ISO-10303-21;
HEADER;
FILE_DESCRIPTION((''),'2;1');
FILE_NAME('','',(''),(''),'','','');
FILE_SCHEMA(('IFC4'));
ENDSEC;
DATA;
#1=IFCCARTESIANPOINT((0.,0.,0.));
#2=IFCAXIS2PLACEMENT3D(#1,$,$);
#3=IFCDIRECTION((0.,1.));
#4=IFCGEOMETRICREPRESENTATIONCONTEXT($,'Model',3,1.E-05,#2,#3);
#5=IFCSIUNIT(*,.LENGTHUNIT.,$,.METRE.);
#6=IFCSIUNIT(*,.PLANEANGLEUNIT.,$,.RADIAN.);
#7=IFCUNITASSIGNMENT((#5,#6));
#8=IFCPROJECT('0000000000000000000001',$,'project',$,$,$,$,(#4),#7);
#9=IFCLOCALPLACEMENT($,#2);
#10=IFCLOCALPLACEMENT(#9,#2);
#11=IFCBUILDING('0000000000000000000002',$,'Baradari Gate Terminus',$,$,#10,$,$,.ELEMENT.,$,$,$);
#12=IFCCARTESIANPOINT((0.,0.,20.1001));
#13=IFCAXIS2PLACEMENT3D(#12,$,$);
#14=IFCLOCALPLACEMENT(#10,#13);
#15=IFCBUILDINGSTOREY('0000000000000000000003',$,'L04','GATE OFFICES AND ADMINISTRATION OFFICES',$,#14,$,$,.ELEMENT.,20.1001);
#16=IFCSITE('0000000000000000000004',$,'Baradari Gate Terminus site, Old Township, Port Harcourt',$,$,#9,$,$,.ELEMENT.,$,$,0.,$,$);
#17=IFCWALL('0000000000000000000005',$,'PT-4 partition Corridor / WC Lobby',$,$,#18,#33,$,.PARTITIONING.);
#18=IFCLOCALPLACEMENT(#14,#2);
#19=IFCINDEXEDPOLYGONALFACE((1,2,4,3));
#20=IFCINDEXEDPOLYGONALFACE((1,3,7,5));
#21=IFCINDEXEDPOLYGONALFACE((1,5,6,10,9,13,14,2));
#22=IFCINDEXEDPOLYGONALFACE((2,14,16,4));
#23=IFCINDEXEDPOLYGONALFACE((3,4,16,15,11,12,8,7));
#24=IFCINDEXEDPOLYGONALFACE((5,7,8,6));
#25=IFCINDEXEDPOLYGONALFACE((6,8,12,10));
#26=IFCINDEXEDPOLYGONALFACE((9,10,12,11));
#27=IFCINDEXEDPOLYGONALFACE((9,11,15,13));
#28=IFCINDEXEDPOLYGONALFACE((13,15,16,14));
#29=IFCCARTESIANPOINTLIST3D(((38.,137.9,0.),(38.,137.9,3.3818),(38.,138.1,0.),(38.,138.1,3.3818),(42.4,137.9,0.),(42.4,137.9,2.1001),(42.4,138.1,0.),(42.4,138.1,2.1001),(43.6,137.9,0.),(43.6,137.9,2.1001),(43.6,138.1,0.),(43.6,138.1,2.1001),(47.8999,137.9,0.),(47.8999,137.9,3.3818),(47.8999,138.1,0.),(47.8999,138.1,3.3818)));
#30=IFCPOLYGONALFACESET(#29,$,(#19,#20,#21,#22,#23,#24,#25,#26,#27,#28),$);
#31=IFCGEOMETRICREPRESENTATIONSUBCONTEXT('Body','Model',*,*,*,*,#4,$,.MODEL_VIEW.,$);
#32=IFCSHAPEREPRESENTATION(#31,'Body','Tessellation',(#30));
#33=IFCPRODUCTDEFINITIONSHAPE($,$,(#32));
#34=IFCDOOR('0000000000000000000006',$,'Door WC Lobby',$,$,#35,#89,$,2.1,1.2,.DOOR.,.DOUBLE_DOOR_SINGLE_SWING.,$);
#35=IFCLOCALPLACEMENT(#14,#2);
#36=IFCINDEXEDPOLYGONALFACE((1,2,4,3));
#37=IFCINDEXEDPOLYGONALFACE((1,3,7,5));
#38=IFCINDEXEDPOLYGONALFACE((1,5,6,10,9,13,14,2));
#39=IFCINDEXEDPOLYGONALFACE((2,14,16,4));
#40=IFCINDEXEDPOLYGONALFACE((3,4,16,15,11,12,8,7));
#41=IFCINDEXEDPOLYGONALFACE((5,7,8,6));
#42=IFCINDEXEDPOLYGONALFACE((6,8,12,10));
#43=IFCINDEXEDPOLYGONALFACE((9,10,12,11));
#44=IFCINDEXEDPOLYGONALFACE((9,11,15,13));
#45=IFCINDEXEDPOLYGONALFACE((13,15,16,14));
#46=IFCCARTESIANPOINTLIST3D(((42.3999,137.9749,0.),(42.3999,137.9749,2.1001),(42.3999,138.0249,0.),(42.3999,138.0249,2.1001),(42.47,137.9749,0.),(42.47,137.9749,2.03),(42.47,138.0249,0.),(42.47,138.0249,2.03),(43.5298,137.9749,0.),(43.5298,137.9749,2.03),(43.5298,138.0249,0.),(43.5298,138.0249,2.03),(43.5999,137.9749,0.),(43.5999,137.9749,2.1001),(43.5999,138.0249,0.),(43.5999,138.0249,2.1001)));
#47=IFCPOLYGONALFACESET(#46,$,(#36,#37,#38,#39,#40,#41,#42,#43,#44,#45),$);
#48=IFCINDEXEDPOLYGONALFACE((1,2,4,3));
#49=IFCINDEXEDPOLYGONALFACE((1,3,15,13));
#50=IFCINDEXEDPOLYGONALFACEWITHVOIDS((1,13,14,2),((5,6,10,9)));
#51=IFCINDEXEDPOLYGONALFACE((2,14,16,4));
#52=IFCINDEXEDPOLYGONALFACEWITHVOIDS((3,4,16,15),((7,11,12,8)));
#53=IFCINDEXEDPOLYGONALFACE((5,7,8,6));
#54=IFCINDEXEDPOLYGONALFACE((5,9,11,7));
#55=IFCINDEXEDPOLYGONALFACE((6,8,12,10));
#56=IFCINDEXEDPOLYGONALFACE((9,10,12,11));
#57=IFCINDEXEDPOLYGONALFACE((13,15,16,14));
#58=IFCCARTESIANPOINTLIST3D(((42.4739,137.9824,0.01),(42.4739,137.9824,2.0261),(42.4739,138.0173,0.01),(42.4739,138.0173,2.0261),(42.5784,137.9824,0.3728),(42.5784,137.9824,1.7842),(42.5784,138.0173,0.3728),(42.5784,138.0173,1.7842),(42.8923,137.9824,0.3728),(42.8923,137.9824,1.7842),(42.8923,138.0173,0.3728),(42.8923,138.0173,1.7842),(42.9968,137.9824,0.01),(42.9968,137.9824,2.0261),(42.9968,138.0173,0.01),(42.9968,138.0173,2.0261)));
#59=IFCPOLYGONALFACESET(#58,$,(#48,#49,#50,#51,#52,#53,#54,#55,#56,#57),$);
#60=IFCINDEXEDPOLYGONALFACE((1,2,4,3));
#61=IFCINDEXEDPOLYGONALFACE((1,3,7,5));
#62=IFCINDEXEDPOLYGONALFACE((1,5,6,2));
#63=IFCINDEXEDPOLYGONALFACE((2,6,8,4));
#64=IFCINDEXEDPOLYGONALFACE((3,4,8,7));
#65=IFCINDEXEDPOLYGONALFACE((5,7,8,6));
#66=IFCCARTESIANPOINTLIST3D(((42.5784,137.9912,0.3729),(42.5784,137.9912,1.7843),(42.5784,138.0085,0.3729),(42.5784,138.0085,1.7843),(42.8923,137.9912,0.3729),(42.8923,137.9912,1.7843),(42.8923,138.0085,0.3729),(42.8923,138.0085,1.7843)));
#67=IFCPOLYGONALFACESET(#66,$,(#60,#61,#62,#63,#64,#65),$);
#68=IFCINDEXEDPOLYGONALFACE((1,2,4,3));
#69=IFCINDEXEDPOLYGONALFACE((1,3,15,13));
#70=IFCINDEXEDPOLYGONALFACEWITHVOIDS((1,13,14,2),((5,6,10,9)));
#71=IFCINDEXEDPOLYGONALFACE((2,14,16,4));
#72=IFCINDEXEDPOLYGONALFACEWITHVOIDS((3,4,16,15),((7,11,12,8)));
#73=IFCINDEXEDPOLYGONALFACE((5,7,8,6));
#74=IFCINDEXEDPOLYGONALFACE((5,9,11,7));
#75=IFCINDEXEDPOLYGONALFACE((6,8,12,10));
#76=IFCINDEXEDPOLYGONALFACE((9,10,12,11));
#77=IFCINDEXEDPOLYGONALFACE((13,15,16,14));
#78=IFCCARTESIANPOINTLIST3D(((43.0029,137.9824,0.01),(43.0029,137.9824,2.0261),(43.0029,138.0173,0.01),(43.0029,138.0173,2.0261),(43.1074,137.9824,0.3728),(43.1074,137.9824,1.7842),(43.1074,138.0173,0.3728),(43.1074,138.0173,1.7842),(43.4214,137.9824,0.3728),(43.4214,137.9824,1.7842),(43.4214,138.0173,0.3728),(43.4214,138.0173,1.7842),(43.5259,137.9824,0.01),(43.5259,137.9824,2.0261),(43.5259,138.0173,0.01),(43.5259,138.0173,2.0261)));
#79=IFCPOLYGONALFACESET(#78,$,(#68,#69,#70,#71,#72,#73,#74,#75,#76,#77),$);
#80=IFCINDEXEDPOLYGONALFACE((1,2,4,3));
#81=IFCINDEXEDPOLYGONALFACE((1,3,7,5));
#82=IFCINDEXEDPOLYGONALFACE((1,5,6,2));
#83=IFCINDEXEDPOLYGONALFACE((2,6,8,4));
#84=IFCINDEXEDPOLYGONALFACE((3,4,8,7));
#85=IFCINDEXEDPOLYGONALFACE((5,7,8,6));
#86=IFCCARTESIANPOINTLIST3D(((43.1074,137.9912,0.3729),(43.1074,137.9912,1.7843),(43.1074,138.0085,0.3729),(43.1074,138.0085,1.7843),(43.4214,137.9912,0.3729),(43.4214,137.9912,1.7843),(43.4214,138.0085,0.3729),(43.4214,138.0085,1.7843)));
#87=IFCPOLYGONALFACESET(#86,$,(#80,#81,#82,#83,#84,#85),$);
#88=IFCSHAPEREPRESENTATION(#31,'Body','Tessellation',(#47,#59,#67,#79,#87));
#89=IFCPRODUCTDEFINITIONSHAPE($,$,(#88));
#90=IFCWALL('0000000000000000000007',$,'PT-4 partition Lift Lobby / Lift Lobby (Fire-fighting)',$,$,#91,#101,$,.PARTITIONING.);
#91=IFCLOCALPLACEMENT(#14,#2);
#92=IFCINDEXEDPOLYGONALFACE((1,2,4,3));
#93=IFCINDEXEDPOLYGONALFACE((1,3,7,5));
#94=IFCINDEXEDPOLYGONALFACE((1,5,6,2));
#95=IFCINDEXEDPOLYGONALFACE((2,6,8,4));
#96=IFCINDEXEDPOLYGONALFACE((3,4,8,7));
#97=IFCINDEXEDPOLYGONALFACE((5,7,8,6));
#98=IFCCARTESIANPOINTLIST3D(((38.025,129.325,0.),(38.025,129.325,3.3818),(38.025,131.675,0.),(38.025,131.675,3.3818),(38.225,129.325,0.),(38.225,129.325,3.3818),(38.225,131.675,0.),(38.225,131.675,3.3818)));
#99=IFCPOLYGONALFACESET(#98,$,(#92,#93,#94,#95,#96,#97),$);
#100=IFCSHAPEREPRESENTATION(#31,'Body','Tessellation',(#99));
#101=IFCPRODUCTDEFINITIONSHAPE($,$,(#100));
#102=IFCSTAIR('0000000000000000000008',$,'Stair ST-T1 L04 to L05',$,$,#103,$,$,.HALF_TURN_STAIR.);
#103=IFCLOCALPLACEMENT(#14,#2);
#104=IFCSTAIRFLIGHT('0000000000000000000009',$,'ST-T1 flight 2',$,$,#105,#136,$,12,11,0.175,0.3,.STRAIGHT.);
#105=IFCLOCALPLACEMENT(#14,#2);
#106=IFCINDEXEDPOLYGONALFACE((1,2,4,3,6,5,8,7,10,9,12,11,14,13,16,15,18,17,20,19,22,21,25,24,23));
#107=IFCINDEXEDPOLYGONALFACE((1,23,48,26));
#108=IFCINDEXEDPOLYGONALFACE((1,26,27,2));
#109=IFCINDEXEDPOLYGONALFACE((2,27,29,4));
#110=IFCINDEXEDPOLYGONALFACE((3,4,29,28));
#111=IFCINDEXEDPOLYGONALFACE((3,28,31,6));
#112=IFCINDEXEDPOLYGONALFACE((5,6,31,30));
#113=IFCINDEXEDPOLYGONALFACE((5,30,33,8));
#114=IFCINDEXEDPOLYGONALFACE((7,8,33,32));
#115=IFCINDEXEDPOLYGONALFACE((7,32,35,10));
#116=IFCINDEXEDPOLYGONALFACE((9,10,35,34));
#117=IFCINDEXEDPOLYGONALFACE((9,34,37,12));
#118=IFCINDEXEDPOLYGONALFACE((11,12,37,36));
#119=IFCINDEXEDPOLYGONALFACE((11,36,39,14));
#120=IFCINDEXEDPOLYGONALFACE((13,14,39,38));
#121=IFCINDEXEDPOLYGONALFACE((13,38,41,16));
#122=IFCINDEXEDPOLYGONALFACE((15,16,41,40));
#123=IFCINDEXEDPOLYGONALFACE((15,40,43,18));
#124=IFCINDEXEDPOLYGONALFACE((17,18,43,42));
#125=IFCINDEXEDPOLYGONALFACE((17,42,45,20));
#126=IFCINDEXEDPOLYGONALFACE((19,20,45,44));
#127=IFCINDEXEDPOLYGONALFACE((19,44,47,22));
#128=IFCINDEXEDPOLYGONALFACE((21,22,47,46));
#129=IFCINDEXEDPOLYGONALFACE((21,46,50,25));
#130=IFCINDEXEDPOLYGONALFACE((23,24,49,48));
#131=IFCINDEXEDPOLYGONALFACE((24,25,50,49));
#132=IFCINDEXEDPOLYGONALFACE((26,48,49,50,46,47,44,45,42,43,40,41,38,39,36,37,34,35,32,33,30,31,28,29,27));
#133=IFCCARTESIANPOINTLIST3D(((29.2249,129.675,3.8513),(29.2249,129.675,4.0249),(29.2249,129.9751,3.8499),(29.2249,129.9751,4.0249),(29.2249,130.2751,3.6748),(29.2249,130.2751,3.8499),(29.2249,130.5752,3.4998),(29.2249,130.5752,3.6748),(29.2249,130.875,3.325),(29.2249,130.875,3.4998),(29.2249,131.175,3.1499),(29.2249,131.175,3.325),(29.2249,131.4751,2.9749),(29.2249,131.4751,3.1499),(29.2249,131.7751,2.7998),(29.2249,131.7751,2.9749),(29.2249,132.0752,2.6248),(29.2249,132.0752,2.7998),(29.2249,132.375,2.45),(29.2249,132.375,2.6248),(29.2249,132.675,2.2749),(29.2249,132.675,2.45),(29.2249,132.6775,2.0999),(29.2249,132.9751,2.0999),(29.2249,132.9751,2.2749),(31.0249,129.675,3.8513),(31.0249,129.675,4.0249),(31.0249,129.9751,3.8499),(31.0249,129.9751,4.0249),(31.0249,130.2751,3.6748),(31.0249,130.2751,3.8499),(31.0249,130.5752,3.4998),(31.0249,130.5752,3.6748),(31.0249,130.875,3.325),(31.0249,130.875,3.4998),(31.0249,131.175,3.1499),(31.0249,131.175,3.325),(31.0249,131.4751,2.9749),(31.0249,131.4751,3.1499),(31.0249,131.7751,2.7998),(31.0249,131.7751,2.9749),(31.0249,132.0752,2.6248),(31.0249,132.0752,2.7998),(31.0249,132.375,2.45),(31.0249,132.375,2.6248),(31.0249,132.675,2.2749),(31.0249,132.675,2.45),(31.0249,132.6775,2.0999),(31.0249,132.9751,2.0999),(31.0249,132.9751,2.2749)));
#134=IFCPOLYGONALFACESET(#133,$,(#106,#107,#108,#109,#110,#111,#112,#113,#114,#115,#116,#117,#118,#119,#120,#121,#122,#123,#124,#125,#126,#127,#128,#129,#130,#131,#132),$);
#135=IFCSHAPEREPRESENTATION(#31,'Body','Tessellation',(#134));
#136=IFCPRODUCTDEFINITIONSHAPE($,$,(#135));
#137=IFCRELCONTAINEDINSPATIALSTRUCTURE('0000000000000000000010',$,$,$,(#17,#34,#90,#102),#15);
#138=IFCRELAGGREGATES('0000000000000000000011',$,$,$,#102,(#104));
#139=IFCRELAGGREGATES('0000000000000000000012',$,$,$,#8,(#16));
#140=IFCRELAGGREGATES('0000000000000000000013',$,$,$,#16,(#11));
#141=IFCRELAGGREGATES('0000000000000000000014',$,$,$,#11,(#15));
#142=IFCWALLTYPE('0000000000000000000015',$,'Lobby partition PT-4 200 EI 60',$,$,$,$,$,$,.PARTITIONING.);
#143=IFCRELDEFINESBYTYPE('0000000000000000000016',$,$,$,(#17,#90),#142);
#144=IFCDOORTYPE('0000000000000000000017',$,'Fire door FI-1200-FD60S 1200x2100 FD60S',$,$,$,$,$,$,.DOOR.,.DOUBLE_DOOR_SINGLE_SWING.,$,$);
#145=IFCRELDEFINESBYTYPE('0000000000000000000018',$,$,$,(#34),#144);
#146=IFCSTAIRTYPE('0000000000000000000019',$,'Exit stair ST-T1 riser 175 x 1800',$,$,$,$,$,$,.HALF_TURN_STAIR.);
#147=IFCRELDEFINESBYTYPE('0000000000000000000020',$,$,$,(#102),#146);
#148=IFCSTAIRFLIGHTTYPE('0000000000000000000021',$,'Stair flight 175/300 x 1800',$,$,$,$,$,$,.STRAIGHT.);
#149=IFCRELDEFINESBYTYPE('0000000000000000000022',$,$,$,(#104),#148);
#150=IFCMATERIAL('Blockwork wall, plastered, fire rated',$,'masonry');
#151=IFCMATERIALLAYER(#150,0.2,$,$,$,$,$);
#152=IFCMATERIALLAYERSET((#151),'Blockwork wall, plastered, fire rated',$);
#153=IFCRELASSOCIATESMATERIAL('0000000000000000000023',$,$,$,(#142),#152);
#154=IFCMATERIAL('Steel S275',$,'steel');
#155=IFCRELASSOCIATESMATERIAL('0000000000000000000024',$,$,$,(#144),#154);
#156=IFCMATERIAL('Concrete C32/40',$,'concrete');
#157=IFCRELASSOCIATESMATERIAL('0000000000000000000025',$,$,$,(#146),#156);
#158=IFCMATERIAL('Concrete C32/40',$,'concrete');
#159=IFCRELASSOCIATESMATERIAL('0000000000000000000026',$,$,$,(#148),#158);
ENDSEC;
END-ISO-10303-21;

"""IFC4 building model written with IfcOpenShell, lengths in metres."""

from ifc_helpers import new_model, si_unit, direction, frame, frame_2d, origin, place, context, subcontext, project, spatial, polyline, rectangle, outline, extrude, material, layer, layer_set, type_object, element, fill, aggregate, save


model = new_model("IFC4")

# Units and contexts
model_context = context("Model", 3, precision=1e-05, world=origin(), true_north=direction((0.0, 1.0)))
body_context = subcontext(model_context, "Body", "Model", "MODEL_VIEW")
ifc_project = project(units=[si_unit("LENGTHUNIT", "METRE"), si_unit("PLANEANGLEUNIT", "RADIAN")], contexts=[model_context])

# Site, building, storey
site_placement = place(None, origin())
site = spatial("IfcSite", under=ifc_project, at=site_placement, Name="Baradari Gate Terminus site, Old Township, Port Harcourt", CompositionType="ELEMENT", RefElevation=0.0)
building_placement = place(site_placement, origin())
building = spatial("IfcBuilding", under=site, at=building_placement, Name="Baradari Gate Terminus", CompositionType="ELEMENT")
storey_placement = place(building_placement, frame((0.0, 0.0, 20.1001)))
storey = spatial("IfcBuildingStorey", under=building, at=storey_placement, Name="L04", Description="GATE OFFICES AND ADMINISTRATION OFFICES", CompositionType="ELEMENT", Elevation=20.1001)

# Wall, opening, door
ifc_material_1 = material(Name="Blockwork wall, plastered, fire rated", Category="masonry")
ifc_layer_1 = layer(ifc_material_1, 0.2)
ifc_layer_set_1 = layer_set([ifc_layer_1], Name="Blockwork wall, plastered, fire rated")
wall_type_1 = type_object("IfcWallType", Name="Lobby partition PT-4 200 EI 60", PredefinedType="PARTITIONING", material=ifc_layer_set_1)
wall_1_placement = place(storey_placement, frame((38.0, 138.0, 0.0), z_axis=(0.0, 0.0, 1.0), x_axis=(1.0, 0.0, 0.0)))
wall_1 = element("IfcWall", 1, at=wall_1_placement, inside=storey, type_object=wall_type_1, Name="PT-4 partition Corridor / WC Lobby", PredefinedType="PARTITIONING", context=body_context, shape_type="SweptSolid", body=[
    extrude(rectangle(XDim=9.8999, YDim=0.2, at=frame_2d((4.95, 0.0))), origin(), (0.0, 0.0, 1.0), 3.3818),
])
opening_1_placement = place(wall_1_placement, frame((4.3999, 0.0, 0.0)))
opening_1 = element("IfcOpeningElement", 2, at=opening_1_placement, cuts=wall_1, PredefinedType="OPENING", context=body_context, shape_type="SweptSolid", body=[
    extrude(rectangle(XDim=1.2, YDim=2.1001, at=frame_2d((0.6001, 1.05))), frame((0.0, 0.1099, 0.0), z_axis=(0.0, -1.0, 0.0), x_axis=(1.0, 0.0, 0.0)), (0.0, 0.0, 1.0), 0.22),
])
ifc_material_2 = material(Name="Steel S275", Category="steel")
door_type_1 = type_object("IfcDoorType", Name="Fire door FI-1200-FD60S 1200x2100 FD60S", OperationType="DOUBLE_DOOR_SINGLE_SWING", PredefinedType="DOOR", material=ifc_material_2)
door_1_placement = place(opening_1_placement, origin())
door_1 = element("IfcDoor", 3, at=door_1_placement, inside=storey, type_object=door_type_1, Name="Door WC Lobby", OperationType="DOUBLE_DOOR_SINGLE_SWING", OverallHeight=2.1, OverallWidth=1.2, PredefinedType="DOOR", context=body_context, shape_type="SweptSolid", body=[
    extrude(outline(polyline([(0.0, 0.0), (0.0701, 0.0), (0.0701, 2.03), (1.1299, 2.03), (1.1299, 0.0), (1.2, 0.0), (1.2, 2.1001), (0.0, 2.1001), (0.0, 0.0)])), frame((0.0, 0.0249, 0.0), z_axis=(0.0, -1.0, 0.0), x_axis=(1.0, 0.0, 0.0)), (0.0, 0.0, 1.0), 0.05),
    extrude(outline(polyline([(0.074, 0.01), (0.5969, 0.01), (0.5969, 2.0261), (0.074, 2.0261), (0.074, 0.01)]), holes=[polyline([(0.1785, 0.3728), (0.4924, 0.3728), (0.4924, 1.7842), (0.1785, 1.7842), (0.1785, 0.3728)])]), frame((0.0, 0.0173, 0.0), z_axis=(0.0, -1.0, 0.0), x_axis=(1.0, 0.0, 0.0)), (0.0, 0.0, 1.0), 0.0349),
    extrude(rectangle(XDim=0.314, YDim=1.4114, at=frame_2d((0.3354, 1.0786))), frame((0.0, 0.0085, 0.0), z_axis=(0.0, -1.0, 0.0), x_axis=(1.0, 0.0, 0.0)), (0.0, 0.0, 1.0), 0.0173),
    extrude(outline(polyline([(0.603, 0.01), (1.126, 0.01), (1.126, 2.0261), (0.603, 2.0261), (0.603, 0.01)]), holes=[polyline([(0.7075, 0.3728), (1.0215, 0.3728), (1.0215, 1.7842), (0.7075, 1.7842), (0.7075, 0.3728)])]), frame((0.0, 0.0173, 0.0), z_axis=(0.0, -1.0, 0.0), x_axis=(1.0, 0.0, 0.0)), (0.0, 0.0, 1.0), 0.0349),
    extrude(rectangle(XDim=0.314, YDim=1.4114, at=frame_2d((0.8645, 1.0786))), frame((0.0, 0.0085, 0.0), z_axis=(0.0, -1.0, 0.0), x_axis=(1.0, 0.0, 0.0)), (0.0, 0.0, 1.0), 0.0173),
])
fill(opening_1, door_1)

# Wall
wall_2_placement = place(storey_placement, frame((38.125, 131.675, 0.0), z_axis=(0.0, 0.0, 1.0), x_axis=(0.0, -1.0, 0.0)))
element("IfcWall", 4, at=wall_2_placement, inside=storey, type_object=wall_type_1, Name="PT-4 partition Lift Lobby / Lift Lobby (Fire-fighting)", PredefinedType="PARTITIONING", context=body_context, shape_type="SweptSolid", body=[
    extrude(rectangle(XDim=2.3501, YDim=0.2, at=frame_2d((1.175, 0.0))), origin(), (0.0, 0.0, 1.0), 3.3818),
])

# Stair, stair flight
ifc_material_3 = material(Name="Concrete C32/40", Category="concrete")
stair_type = type_object("IfcStairType", Name="Exit stair ST-T1 riser 175 x 1800", PredefinedType="HALF_TURN_STAIR", material=ifc_material_3)
stair_placement = place(storey_placement, origin())
stair = element("IfcStair", 5, at=stair_placement, inside=storey, type_object=stair_type, Name="Stair ST-T1 L04 to L05", PredefinedType="HALF_TURN_STAIR")
ifc_material_4 = material(Name="Concrete C32/40", Category="concrete")
stair_flight_type = type_object("IfcStairFlightType", Name="Stair flight 175/300 x 1800", PredefinedType="STRAIGHT", material=ifc_material_4)
stair_flight_placement = place(storey_placement, frame((30.125, 132.9751, 2.0999), z_axis=(0.0, 0.0, 1.0), x_axis=(0.0, -1.0, 0.0)))
stair_flight = element("IfcStairFlight", 6, at=stair_flight_placement, type_object=stair_flight_type, Name="ST-T1 flight 2", NumberOfRisers=12, NumberOfTreads=11, PredefinedType="STRAIGHT", RiserHeight=0.175, TreadLength=0.3, context=body_context, shape_type="SweptSolid", body=[
    extrude(outline(polyline([(0.0, 0.0), (0.0, 0.175), (0.3, 0.175), (0.3, 0.3501), (0.6001, 0.3501), (0.6001, 0.5249), (0.8999, 0.5249), (0.8999, 0.7), (1.2, 0.7), (1.2, 0.875), (1.5, 0.875), (1.5, 1.05), (1.8, 1.05), (1.8, 1.2251), (2.1001, 1.2251), (2.1001, 1.3999), (2.3999, 1.3999), (2.3999, 1.575), (2.7, 1.575), (2.7, 1.75), (3.0, 1.75), (3.0, 1.925), (3.3, 1.925), (3.3, 2.1001), (3.3, 1.7515), (0.2976, 0.0), (0.0, 0.0)])), frame((0.0, 0.8999, 0.0), z_axis=(0.0, -1.0, 0.0), x_axis=(1.0, 0.0, 0.0)), (0.0, 0.0, 1.0), 1.8),
])
aggregate(stair, [stair_flight])

save(model, "model.ifc")
